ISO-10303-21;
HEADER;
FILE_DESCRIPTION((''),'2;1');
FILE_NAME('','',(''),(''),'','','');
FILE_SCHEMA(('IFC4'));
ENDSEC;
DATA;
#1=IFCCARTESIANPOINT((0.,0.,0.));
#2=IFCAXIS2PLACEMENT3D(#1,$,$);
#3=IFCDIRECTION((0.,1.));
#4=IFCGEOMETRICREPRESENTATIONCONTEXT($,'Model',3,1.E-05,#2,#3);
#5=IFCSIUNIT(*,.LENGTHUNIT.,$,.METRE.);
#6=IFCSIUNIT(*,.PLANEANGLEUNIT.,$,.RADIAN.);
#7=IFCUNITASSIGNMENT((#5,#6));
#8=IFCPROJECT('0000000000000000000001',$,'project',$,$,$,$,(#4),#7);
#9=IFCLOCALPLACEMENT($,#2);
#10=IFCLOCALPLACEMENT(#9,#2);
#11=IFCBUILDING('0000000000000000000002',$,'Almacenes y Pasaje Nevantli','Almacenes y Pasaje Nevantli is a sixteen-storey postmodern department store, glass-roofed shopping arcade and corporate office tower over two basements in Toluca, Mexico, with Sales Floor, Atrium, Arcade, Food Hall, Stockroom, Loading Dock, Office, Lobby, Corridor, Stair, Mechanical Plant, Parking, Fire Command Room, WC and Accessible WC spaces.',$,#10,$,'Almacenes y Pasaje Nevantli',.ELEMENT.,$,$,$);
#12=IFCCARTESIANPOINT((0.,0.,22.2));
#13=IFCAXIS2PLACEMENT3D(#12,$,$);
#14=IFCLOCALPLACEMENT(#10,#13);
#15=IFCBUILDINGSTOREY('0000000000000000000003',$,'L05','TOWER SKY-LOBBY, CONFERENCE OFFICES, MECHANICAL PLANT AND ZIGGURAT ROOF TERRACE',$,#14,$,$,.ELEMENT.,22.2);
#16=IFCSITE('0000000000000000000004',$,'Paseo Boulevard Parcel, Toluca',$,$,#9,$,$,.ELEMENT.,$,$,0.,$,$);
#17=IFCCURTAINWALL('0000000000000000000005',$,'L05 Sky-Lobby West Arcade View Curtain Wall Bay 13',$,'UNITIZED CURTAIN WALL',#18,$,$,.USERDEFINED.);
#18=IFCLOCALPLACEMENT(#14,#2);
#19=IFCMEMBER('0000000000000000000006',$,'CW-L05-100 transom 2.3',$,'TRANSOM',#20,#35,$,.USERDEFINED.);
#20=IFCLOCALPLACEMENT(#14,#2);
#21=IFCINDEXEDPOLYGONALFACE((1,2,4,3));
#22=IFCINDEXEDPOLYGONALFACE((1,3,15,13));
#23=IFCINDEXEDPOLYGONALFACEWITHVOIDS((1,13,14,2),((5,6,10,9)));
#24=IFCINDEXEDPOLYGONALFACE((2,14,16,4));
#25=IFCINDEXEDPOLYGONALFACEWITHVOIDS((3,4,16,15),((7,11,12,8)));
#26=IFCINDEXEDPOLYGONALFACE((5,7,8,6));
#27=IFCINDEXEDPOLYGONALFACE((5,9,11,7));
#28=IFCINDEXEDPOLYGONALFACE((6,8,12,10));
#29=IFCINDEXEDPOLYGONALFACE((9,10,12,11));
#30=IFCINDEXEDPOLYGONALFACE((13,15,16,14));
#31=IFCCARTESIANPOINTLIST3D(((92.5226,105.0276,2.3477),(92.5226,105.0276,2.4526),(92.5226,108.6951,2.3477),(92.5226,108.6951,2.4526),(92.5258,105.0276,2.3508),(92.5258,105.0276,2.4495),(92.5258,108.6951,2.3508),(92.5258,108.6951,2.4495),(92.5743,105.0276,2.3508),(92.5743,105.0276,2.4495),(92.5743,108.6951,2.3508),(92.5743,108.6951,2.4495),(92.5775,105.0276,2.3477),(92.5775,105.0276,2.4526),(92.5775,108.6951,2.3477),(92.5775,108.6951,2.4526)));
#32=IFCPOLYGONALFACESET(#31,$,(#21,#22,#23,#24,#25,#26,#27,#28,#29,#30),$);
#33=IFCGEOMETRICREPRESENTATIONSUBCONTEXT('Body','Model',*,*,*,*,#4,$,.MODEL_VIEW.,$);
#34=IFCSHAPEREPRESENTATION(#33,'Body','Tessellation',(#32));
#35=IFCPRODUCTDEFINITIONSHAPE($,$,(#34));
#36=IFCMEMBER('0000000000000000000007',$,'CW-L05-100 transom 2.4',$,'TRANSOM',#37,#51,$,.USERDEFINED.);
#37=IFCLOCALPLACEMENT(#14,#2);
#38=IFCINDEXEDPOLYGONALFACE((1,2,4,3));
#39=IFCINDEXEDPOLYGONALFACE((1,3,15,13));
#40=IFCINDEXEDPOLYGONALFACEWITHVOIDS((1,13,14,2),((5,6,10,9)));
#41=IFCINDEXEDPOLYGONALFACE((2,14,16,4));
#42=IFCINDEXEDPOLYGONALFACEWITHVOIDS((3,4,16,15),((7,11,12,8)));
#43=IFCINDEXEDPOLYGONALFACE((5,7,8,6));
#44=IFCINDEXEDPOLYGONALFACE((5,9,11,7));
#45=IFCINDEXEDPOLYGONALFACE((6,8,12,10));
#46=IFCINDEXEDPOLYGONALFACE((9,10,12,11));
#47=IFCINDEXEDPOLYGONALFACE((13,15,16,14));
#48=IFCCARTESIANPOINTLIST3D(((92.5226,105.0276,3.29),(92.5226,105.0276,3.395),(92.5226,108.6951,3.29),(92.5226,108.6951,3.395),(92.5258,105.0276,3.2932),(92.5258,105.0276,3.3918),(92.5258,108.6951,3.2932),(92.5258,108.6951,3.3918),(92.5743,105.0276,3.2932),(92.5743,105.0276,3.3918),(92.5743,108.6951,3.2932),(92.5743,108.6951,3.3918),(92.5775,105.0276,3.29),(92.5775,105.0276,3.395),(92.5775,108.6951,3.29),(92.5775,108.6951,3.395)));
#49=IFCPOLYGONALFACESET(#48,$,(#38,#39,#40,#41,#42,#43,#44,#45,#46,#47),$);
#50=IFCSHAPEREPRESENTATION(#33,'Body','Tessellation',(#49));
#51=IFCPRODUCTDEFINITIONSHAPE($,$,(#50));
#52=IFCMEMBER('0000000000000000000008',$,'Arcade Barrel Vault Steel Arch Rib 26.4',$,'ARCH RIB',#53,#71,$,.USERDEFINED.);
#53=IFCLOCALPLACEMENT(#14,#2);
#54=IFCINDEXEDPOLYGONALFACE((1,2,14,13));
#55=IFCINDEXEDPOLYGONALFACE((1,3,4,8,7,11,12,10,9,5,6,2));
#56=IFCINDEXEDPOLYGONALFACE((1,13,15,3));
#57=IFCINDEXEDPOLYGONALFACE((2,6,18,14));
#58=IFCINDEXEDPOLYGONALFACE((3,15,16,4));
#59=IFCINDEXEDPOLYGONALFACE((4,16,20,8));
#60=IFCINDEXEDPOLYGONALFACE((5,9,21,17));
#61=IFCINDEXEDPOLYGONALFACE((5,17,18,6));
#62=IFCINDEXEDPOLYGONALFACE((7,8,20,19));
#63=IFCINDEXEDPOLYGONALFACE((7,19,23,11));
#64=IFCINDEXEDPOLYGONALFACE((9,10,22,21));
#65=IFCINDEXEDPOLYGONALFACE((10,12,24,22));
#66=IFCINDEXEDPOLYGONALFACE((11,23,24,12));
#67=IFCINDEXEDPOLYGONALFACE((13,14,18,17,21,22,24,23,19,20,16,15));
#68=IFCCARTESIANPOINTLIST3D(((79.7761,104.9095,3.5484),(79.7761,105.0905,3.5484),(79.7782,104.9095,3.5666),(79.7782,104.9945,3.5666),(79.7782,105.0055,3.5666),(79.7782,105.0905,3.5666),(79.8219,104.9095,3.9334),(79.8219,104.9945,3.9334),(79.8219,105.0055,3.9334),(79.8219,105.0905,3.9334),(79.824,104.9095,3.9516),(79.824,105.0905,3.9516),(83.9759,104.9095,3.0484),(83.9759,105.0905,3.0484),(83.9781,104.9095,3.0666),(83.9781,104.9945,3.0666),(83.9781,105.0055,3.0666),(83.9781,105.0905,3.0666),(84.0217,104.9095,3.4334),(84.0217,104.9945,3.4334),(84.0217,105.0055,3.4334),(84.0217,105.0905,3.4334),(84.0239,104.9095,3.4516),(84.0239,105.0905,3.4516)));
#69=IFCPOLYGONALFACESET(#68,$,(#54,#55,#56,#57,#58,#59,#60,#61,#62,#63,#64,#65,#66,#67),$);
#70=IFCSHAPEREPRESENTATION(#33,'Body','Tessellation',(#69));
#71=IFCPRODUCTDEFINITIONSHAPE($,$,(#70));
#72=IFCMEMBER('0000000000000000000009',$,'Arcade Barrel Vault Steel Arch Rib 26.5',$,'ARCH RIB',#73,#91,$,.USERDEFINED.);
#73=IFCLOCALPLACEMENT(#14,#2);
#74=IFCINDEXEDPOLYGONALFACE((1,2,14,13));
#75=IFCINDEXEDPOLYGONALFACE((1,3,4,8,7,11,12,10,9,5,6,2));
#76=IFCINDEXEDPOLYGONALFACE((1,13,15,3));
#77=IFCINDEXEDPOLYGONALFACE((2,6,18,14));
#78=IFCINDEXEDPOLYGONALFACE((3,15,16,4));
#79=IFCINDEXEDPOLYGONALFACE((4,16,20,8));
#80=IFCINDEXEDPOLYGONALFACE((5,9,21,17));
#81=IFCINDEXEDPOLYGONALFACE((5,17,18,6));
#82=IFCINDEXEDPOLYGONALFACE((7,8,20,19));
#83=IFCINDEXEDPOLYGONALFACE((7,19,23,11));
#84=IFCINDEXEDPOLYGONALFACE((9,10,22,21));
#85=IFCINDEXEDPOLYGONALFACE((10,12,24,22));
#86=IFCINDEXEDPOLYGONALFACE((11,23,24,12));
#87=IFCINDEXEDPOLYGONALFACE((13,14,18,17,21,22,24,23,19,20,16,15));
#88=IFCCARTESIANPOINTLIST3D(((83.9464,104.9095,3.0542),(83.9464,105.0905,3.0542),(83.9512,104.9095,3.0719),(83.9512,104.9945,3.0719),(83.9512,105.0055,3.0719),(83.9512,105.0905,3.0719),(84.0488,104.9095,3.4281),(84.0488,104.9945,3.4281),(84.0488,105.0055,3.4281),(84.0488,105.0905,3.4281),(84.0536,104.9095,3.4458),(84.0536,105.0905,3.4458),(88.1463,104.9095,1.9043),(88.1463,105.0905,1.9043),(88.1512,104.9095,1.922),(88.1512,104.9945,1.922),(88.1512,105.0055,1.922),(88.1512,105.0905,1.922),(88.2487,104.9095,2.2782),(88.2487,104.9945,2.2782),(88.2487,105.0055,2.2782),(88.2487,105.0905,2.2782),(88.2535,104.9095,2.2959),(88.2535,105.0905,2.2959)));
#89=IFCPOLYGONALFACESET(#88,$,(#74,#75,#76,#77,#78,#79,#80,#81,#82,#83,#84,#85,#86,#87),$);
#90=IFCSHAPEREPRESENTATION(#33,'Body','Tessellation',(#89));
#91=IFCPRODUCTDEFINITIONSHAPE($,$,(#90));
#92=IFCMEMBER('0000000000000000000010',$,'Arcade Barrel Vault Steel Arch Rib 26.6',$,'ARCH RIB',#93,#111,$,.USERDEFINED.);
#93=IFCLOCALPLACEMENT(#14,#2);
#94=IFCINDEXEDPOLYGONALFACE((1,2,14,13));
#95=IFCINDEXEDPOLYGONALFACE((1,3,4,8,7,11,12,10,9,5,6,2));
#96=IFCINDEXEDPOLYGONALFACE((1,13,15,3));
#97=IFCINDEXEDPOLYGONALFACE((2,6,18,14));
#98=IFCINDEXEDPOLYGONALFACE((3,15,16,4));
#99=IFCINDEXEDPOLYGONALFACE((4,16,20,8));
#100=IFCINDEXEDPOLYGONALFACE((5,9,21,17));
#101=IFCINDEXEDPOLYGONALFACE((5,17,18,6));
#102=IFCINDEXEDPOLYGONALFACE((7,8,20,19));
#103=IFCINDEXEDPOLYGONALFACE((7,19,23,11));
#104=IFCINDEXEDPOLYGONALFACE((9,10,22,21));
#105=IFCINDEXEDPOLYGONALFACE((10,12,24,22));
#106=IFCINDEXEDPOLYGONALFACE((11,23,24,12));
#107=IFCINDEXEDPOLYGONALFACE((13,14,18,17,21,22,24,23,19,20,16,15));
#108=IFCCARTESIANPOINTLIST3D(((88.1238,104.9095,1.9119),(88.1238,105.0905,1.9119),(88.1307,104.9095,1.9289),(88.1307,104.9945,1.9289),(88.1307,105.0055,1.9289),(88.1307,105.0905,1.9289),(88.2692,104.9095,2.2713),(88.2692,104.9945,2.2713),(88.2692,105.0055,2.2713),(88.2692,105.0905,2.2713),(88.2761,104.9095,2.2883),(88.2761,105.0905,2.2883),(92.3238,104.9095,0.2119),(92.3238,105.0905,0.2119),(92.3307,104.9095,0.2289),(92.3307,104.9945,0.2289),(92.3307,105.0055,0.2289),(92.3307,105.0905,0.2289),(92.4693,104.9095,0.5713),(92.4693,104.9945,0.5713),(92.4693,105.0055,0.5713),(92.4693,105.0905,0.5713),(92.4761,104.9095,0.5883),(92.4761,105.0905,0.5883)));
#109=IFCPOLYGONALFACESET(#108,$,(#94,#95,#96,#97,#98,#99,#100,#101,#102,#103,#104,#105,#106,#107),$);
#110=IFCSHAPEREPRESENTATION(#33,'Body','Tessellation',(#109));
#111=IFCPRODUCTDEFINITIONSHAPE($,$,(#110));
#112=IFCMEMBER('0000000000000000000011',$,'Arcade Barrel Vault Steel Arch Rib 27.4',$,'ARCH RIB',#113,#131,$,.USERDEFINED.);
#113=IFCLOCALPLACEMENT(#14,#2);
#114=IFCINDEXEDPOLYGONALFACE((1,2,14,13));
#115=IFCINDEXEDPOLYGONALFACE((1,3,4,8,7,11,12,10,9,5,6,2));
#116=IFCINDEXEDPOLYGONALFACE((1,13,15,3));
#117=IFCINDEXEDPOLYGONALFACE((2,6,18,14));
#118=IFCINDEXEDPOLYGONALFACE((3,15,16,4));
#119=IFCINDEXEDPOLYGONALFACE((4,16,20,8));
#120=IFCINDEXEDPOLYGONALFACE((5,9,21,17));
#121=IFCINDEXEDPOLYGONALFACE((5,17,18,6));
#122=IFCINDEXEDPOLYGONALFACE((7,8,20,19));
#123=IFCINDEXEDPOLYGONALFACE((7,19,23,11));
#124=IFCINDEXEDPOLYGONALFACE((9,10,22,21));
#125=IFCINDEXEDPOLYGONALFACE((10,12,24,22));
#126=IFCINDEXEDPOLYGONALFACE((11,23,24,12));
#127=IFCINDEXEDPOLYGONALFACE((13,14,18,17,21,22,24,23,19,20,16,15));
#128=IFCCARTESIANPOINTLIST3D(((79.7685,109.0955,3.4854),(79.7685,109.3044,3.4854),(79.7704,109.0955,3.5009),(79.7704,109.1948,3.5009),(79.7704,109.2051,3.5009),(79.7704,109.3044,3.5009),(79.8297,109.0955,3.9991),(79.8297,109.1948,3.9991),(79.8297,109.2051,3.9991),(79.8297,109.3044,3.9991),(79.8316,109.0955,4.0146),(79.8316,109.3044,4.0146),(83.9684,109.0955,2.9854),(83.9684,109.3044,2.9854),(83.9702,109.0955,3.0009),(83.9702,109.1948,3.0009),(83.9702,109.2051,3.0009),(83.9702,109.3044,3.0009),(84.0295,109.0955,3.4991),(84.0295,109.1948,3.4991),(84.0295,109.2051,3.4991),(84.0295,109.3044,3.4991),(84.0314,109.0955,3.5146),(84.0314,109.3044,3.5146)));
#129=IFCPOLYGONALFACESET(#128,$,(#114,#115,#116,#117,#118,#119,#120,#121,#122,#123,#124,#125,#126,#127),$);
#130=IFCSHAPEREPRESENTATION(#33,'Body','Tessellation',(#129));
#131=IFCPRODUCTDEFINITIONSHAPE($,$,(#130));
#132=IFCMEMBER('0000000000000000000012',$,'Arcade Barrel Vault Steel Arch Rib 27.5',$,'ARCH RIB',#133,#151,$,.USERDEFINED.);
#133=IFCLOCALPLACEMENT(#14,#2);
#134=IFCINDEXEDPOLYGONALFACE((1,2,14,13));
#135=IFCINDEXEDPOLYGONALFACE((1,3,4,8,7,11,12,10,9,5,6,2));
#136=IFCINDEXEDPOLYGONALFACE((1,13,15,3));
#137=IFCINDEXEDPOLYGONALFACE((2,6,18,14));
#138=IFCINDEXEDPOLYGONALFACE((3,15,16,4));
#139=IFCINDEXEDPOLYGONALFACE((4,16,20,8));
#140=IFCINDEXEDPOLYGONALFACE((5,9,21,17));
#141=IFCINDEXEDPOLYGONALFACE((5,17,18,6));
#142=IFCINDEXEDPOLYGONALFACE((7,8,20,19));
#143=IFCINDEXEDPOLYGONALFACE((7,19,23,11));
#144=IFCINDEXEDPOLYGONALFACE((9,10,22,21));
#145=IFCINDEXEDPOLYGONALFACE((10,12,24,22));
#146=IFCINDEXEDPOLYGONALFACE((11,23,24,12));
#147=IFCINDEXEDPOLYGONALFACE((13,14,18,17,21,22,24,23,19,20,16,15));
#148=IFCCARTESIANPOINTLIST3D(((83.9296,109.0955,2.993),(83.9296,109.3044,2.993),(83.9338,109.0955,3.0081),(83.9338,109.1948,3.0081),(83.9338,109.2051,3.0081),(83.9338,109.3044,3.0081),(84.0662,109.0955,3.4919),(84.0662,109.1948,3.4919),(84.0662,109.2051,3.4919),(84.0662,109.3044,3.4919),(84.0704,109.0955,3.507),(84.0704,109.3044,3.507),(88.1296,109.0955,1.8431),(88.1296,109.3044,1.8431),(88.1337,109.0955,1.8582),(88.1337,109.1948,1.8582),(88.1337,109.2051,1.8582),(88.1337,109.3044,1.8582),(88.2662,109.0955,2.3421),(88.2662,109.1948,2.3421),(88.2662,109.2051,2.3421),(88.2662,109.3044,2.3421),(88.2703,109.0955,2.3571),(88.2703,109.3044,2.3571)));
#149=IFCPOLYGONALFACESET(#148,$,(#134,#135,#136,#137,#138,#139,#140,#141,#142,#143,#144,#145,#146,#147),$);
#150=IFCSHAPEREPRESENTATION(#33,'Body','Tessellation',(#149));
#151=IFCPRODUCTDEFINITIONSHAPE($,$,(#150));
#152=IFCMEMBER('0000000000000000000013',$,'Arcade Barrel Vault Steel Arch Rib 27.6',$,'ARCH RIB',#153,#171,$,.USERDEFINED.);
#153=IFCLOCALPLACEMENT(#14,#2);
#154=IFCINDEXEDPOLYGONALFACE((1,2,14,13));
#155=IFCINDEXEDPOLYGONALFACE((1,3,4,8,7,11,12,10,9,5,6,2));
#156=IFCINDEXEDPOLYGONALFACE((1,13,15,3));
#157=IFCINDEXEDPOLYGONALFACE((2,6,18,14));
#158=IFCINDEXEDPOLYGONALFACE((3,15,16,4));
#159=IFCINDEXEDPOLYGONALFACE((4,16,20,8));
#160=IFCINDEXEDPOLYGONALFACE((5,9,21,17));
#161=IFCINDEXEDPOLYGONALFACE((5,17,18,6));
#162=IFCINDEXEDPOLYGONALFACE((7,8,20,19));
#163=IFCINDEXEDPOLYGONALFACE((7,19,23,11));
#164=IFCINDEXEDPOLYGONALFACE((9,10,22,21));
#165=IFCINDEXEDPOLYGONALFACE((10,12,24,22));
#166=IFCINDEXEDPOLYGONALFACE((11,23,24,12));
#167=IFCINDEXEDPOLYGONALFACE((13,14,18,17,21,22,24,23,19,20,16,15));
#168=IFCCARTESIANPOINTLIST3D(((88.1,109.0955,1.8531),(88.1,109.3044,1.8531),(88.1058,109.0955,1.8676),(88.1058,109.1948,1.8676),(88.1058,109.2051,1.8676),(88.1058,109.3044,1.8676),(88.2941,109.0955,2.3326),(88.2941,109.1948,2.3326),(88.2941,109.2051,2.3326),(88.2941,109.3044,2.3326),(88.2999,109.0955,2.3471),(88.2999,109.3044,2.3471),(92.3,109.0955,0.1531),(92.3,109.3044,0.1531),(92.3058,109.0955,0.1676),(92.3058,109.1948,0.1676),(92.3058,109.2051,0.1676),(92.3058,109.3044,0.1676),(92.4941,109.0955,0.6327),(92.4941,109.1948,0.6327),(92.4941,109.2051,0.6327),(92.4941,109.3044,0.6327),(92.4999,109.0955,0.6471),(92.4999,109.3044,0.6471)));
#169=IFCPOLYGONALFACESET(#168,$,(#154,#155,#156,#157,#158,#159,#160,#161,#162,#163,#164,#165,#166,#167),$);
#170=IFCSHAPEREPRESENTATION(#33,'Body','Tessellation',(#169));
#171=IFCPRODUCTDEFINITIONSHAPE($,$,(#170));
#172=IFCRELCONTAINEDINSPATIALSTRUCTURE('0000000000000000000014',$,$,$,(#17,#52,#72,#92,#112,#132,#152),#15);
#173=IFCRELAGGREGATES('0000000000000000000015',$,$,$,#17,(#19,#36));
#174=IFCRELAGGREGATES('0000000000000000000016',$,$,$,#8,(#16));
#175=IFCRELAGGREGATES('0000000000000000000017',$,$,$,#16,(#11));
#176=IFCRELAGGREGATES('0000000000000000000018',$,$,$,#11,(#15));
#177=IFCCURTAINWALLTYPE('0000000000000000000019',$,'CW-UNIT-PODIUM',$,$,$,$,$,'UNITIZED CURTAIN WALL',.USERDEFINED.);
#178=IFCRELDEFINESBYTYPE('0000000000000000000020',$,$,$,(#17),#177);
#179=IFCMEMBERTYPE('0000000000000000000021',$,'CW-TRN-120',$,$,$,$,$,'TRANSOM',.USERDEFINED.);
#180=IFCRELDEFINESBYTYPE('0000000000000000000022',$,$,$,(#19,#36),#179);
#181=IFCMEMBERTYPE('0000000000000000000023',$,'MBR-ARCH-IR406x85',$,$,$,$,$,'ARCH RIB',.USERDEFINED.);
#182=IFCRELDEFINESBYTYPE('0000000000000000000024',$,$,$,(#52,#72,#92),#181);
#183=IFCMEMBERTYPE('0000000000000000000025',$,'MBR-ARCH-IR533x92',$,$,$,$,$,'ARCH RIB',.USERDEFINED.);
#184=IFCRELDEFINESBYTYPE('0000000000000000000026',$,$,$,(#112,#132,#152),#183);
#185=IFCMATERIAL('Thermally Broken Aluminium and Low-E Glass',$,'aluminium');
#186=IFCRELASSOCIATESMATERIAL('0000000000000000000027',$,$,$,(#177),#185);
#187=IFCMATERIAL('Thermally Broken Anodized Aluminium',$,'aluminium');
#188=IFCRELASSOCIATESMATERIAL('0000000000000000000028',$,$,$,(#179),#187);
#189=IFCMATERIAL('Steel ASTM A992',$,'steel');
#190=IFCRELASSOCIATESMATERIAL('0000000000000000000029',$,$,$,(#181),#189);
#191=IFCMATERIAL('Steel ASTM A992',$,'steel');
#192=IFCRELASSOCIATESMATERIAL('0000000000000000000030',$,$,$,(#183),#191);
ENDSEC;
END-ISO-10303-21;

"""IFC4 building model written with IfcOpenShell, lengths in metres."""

from ifc_helpers import new_model, si_unit, direction, frame, origin, origin_2d, place, context, subcontext, project, spatial, hollow_rectangle, i_section, extrude, material, material_profile, profile_set, type_object, element, aggregate, save


model = new_model("IFC4")

# Units and contexts
model_context = context("Model", 3, precision=1e-05, world=origin(), true_north=direction((0.0, 1.0)))
body_context = subcontext(model_context, "Body", "Model", "MODEL_VIEW")
ifc_project = project(units=[si_unit("LENGTHUNIT", "METRE"), si_unit("PLANEANGLEUNIT", "RADIAN")], contexts=[model_context])

# Site, building, storey
site_placement = place(None, origin())
site = spatial("IfcSite", under=ifc_project, at=site_placement, Name="Paseo Boulevard Parcel, Toluca", CompositionType="ELEMENT", RefElevation=0.0)
building_placement = place(site_placement, origin())
building = spatial("IfcBuilding", under=site, at=building_placement, Name="Almacenes y Pasaje Nevantli", Description="Almacenes y Pasaje Nevantli is a sixteen-storey postmodern department store, glass-roofed shopping arcade and corporate office tower over two basements in Toluca, Mexico, with Sales Floor, Atrium, Arcade, Food Hall, Stockroom, Loading Dock, Office, Lobby, Corridor, Stair, Mechanical Plant, Parking, Fire Command Room, WC and Accessible WC spaces.", LongName="Almacenes y Pasaje Nevantli", CompositionType="ELEMENT")
storey_placement = place(building_placement, frame((0.0, 0.0, 22.2)))
storey = spatial("IfcBuildingStorey", under=building, at=storey_placement, Name="L05", Description="TOWER SKY-LOBBY, CONFERENCE OFFICES, MECHANICAL PLANT AND ZIGGURAT ROOF TERRACE", CompositionType="ELEMENT", Elevation=22.2)

# Curtain wall, members
ifc_material_1 = material(Name="Thermally Broken Aluminium and Low-E Glass", Category="aluminium")
curtain_wall_type = type_object("IfcCurtainWallType", Name="CW-UNIT-PODIUM", ElementType="UNITIZED CURTAIN WALL", PredefinedType="USERDEFINED", material=ifc_material_1)
curtain_wall_placement = place(storey_placement, origin())
curtain_wall = element("IfcCurtainWall", 1, at=curtain_wall_placement, inside=storey, type_object=curtain_wall_type, Name="L05 Sky-Lobby West Arcade View Curtain Wall Bay 13", ObjectType="UNITIZED CURTAIN WALL", PredefinedType="USERDEFINED")
ifc_material_2 = material(Name="Thermally Broken Anodized Aluminium", Category="aluminium")
ifc_material_profile_1 = material_profile(ifc_material_2, hollow_rectangle(XDim=0.0549, YDim=0.105, WallThickness=0.0032, at=origin_2d()), Name="ALU-TRN-55x105")
ifc_profile_set_1 = profile_set([ifc_material_profile_1], Name="Thermally Broken Anodized Aluminium")
member_type_1 = type_object("IfcMemberType", Name="CW-TRN-120", ElementType="TRANSOM", PredefinedType="USERDEFINED", material=ifc_profile_set_1)
member_1_placement = place(storey_placement, frame((92.55, 105.0276, 2.4001), z_axis=(0.0, 1.0, 0.0), x_axis=(-1.0, 0.0, 0.0)))
member_1 = element("IfcMember", 2, at=member_1_placement, type_object=member_type_1, Name="CW-L05-100 transom 2.3", ObjectType="TRANSOM", PredefinedType="USERDEFINED", context=body_context, shape_type="SweptSolid", body=[
    extrude(hollow_rectangle(XDim=0.0549, YDim=0.105, WallThickness=0.0032, at=origin_2d()), origin(), (0.0, 0.0, 1.0), 3.6675),
])
member_2_placement = place(storey_placement, frame((92.55, 105.0276, 3.3425), z_axis=(0.0, 1.0, 0.0), x_axis=(-1.0, 0.0, 0.0)))
member_2 = element("IfcMember", 3, at=member_2_placement, type_object=member_type_1, Name="CW-L05-100 transom 2.4", ObjectType="TRANSOM", PredefinedType="USERDEFINED", context=body_context, shape_type="SweptSolid", body=[
    extrude(hollow_rectangle(XDim=0.0549, YDim=0.105, WallThickness=0.0032, at=origin_2d()), origin(), (0.0, 0.0, 1.0), 3.6675),
])

# Members
ifc_material_3 = material(Name="Steel ASTM A992", Category="steel")
ifc_material_profile_2 = material_profile(ifc_material_3, i_section(OverallWidth=0.1809, OverallDepth=0.406, WebThickness=0.011, FlangeThickness=0.0183, at=origin_2d()), Name="IR 406x85.0")
ifc_profile_set_2 = profile_set([ifc_material_profile_2], Name="Steel ASTM A992")
member_type_2 = type_object("IfcMemberType", Name="MBR-ARCH-IR406x85", ElementType="ARCH RIB", PredefinedType="USERDEFINED", material=ifc_profile_set_2)
member_3_placement = place(storey_placement, frame((79.8, 105.0, 3.75), z_axis=(0.992988, 0.0, -0.118214), x_axis=(0.0, 1.0, 0.0)))
element("IfcMember", 4, at=member_3_placement, inside=storey, type_object=member_type_2, Name="Arcade Barrel Vault Steel Arch Rib 26.4", ObjectType="ARCH RIB", PredefinedType="USERDEFINED", context=body_context, shape_type="SweptSolid", body=[
    extrude(i_section(OverallWidth=0.1809, OverallDepth=0.406, WebThickness=0.011, FlangeThickness=0.0183, at=origin_2d()), origin(), (0.0, 0.0, 1.0), 4.2295),
])
member_4_placement = place(storey_placement, frame((84.0, 105.0, 3.25), z_axis=(0.964503, 0.0, -0.264071), x_axis=(0.0, 1.0, 0.0)))
element("IfcMember", 5, at=member_4_placement, inside=storey, type_object=member_type_2, Name="Arcade Barrel Vault Steel Arch Rib 26.5", ObjectType="ARCH RIB", PredefinedType="USERDEFINED", context=body_context, shape_type="SweptSolid", body=[
    extrude(i_section(OverallWidth=0.1809, OverallDepth=0.406, WebThickness=0.011, FlangeThickness=0.0183, at=origin_2d()), origin(), (0.0, 0.0, 1.0), 4.3545),
])
member_5_placement = place(storey_placement, frame((88.2, 105.0, 2.1001), z_axis=(0.926949, 0.0, -0.375187), x_axis=(0.0, 1.0, 0.0)))
element("IfcMember", 6, at=member_5_placement, inside=storey, type_object=member_type_2, Name="Arcade Barrel Vault Steel Arch Rib 26.6", ObjectType="ARCH RIB", PredefinedType="USERDEFINED", context=body_context, shape_type="SweptSolid", body=[
    extrude(i_section(OverallWidth=0.1809, OverallDepth=0.406, WebThickness=0.011, FlangeThickness=0.0183, at=origin_2d()), origin(), (0.0, 0.0, 1.0), 4.531),
])
ifc_material_4 = material(Name="Steel ASTM A992", Category="steel")
ifc_material_profile_3 = material_profile(ifc_material_4, i_section(OverallWidth=0.209, OverallDepth=0.533, WebThickness=0.0103, FlangeThickness=0.0156, at=origin_2d()), Name="IR 533x92.5")
ifc_profile_set_3 = profile_set([ifc_material_profile_3], Name="Steel ASTM A992")
member_type_3 = type_object("IfcMemberType", Name="MBR-ARCH-IR533x92", ElementType="ARCH RIB", PredefinedType="USERDEFINED", material=ifc_profile_set_3)
member_6_placement = place(storey_placement, frame((79.8, 109.2, 3.75), z_axis=(0.992988, 0.0, -0.118214), x_axis=(0.0, 1.0, 0.0)))
element("IfcMember", 7, at=member_6_placement, inside=storey, type_object=member_type_3, Name="Arcade Barrel Vault Steel Arch Rib 27.4", ObjectType="ARCH RIB", PredefinedType="USERDEFINED", context=body_context, shape_type="SweptSolid", body=[
    extrude(i_section(OverallWidth=0.209, OverallDepth=0.533, WebThickness=0.0103, FlangeThickness=0.0156, at=origin_2d()), origin(), (0.0, 0.0, 1.0), 4.2295),
])
member_7_placement = place(storey_placement, frame((84.0, 109.2, 3.25), z_axis=(0.964503, 0.0, -0.264071), x_axis=(0.0, 1.0, 0.0)))
element("IfcMember", 8, at=member_7_placement, inside=storey, type_object=member_type_3, Name="Arcade Barrel Vault Steel Arch Rib 27.5", ObjectType="ARCH RIB", PredefinedType="USERDEFINED", context=body_context, shape_type="SweptSolid", body=[
    extrude(i_section(OverallWidth=0.209, OverallDepth=0.533, WebThickness=0.0103, FlangeThickness=0.0156, at=origin_2d()), origin(), (0.0, 0.0, 1.0), 4.3545),
])
member_8_placement = place(storey_placement, frame((88.2, 109.2, 2.1001), z_axis=(0.926949, 0.0, -0.375187), x_axis=(0.0, 1.0, 0.0)))
element("IfcMember", 9, at=member_8_placement, inside=storey, type_object=member_type_3, Name="Arcade Barrel Vault Steel Arch Rib 27.6", ObjectType="ARCH RIB", PredefinedType="USERDEFINED", context=body_context, shape_type="SweptSolid", body=[
    extrude(i_section(OverallWidth=0.209, OverallDepth=0.533, WebThickness=0.0103, FlangeThickness=0.0156, at=origin_2d()), origin(), (0.0, 0.0, 1.0), 4.531),
])

aggregate(curtain_wall, [member_1, member_2])

save(model, "model.ifc")
